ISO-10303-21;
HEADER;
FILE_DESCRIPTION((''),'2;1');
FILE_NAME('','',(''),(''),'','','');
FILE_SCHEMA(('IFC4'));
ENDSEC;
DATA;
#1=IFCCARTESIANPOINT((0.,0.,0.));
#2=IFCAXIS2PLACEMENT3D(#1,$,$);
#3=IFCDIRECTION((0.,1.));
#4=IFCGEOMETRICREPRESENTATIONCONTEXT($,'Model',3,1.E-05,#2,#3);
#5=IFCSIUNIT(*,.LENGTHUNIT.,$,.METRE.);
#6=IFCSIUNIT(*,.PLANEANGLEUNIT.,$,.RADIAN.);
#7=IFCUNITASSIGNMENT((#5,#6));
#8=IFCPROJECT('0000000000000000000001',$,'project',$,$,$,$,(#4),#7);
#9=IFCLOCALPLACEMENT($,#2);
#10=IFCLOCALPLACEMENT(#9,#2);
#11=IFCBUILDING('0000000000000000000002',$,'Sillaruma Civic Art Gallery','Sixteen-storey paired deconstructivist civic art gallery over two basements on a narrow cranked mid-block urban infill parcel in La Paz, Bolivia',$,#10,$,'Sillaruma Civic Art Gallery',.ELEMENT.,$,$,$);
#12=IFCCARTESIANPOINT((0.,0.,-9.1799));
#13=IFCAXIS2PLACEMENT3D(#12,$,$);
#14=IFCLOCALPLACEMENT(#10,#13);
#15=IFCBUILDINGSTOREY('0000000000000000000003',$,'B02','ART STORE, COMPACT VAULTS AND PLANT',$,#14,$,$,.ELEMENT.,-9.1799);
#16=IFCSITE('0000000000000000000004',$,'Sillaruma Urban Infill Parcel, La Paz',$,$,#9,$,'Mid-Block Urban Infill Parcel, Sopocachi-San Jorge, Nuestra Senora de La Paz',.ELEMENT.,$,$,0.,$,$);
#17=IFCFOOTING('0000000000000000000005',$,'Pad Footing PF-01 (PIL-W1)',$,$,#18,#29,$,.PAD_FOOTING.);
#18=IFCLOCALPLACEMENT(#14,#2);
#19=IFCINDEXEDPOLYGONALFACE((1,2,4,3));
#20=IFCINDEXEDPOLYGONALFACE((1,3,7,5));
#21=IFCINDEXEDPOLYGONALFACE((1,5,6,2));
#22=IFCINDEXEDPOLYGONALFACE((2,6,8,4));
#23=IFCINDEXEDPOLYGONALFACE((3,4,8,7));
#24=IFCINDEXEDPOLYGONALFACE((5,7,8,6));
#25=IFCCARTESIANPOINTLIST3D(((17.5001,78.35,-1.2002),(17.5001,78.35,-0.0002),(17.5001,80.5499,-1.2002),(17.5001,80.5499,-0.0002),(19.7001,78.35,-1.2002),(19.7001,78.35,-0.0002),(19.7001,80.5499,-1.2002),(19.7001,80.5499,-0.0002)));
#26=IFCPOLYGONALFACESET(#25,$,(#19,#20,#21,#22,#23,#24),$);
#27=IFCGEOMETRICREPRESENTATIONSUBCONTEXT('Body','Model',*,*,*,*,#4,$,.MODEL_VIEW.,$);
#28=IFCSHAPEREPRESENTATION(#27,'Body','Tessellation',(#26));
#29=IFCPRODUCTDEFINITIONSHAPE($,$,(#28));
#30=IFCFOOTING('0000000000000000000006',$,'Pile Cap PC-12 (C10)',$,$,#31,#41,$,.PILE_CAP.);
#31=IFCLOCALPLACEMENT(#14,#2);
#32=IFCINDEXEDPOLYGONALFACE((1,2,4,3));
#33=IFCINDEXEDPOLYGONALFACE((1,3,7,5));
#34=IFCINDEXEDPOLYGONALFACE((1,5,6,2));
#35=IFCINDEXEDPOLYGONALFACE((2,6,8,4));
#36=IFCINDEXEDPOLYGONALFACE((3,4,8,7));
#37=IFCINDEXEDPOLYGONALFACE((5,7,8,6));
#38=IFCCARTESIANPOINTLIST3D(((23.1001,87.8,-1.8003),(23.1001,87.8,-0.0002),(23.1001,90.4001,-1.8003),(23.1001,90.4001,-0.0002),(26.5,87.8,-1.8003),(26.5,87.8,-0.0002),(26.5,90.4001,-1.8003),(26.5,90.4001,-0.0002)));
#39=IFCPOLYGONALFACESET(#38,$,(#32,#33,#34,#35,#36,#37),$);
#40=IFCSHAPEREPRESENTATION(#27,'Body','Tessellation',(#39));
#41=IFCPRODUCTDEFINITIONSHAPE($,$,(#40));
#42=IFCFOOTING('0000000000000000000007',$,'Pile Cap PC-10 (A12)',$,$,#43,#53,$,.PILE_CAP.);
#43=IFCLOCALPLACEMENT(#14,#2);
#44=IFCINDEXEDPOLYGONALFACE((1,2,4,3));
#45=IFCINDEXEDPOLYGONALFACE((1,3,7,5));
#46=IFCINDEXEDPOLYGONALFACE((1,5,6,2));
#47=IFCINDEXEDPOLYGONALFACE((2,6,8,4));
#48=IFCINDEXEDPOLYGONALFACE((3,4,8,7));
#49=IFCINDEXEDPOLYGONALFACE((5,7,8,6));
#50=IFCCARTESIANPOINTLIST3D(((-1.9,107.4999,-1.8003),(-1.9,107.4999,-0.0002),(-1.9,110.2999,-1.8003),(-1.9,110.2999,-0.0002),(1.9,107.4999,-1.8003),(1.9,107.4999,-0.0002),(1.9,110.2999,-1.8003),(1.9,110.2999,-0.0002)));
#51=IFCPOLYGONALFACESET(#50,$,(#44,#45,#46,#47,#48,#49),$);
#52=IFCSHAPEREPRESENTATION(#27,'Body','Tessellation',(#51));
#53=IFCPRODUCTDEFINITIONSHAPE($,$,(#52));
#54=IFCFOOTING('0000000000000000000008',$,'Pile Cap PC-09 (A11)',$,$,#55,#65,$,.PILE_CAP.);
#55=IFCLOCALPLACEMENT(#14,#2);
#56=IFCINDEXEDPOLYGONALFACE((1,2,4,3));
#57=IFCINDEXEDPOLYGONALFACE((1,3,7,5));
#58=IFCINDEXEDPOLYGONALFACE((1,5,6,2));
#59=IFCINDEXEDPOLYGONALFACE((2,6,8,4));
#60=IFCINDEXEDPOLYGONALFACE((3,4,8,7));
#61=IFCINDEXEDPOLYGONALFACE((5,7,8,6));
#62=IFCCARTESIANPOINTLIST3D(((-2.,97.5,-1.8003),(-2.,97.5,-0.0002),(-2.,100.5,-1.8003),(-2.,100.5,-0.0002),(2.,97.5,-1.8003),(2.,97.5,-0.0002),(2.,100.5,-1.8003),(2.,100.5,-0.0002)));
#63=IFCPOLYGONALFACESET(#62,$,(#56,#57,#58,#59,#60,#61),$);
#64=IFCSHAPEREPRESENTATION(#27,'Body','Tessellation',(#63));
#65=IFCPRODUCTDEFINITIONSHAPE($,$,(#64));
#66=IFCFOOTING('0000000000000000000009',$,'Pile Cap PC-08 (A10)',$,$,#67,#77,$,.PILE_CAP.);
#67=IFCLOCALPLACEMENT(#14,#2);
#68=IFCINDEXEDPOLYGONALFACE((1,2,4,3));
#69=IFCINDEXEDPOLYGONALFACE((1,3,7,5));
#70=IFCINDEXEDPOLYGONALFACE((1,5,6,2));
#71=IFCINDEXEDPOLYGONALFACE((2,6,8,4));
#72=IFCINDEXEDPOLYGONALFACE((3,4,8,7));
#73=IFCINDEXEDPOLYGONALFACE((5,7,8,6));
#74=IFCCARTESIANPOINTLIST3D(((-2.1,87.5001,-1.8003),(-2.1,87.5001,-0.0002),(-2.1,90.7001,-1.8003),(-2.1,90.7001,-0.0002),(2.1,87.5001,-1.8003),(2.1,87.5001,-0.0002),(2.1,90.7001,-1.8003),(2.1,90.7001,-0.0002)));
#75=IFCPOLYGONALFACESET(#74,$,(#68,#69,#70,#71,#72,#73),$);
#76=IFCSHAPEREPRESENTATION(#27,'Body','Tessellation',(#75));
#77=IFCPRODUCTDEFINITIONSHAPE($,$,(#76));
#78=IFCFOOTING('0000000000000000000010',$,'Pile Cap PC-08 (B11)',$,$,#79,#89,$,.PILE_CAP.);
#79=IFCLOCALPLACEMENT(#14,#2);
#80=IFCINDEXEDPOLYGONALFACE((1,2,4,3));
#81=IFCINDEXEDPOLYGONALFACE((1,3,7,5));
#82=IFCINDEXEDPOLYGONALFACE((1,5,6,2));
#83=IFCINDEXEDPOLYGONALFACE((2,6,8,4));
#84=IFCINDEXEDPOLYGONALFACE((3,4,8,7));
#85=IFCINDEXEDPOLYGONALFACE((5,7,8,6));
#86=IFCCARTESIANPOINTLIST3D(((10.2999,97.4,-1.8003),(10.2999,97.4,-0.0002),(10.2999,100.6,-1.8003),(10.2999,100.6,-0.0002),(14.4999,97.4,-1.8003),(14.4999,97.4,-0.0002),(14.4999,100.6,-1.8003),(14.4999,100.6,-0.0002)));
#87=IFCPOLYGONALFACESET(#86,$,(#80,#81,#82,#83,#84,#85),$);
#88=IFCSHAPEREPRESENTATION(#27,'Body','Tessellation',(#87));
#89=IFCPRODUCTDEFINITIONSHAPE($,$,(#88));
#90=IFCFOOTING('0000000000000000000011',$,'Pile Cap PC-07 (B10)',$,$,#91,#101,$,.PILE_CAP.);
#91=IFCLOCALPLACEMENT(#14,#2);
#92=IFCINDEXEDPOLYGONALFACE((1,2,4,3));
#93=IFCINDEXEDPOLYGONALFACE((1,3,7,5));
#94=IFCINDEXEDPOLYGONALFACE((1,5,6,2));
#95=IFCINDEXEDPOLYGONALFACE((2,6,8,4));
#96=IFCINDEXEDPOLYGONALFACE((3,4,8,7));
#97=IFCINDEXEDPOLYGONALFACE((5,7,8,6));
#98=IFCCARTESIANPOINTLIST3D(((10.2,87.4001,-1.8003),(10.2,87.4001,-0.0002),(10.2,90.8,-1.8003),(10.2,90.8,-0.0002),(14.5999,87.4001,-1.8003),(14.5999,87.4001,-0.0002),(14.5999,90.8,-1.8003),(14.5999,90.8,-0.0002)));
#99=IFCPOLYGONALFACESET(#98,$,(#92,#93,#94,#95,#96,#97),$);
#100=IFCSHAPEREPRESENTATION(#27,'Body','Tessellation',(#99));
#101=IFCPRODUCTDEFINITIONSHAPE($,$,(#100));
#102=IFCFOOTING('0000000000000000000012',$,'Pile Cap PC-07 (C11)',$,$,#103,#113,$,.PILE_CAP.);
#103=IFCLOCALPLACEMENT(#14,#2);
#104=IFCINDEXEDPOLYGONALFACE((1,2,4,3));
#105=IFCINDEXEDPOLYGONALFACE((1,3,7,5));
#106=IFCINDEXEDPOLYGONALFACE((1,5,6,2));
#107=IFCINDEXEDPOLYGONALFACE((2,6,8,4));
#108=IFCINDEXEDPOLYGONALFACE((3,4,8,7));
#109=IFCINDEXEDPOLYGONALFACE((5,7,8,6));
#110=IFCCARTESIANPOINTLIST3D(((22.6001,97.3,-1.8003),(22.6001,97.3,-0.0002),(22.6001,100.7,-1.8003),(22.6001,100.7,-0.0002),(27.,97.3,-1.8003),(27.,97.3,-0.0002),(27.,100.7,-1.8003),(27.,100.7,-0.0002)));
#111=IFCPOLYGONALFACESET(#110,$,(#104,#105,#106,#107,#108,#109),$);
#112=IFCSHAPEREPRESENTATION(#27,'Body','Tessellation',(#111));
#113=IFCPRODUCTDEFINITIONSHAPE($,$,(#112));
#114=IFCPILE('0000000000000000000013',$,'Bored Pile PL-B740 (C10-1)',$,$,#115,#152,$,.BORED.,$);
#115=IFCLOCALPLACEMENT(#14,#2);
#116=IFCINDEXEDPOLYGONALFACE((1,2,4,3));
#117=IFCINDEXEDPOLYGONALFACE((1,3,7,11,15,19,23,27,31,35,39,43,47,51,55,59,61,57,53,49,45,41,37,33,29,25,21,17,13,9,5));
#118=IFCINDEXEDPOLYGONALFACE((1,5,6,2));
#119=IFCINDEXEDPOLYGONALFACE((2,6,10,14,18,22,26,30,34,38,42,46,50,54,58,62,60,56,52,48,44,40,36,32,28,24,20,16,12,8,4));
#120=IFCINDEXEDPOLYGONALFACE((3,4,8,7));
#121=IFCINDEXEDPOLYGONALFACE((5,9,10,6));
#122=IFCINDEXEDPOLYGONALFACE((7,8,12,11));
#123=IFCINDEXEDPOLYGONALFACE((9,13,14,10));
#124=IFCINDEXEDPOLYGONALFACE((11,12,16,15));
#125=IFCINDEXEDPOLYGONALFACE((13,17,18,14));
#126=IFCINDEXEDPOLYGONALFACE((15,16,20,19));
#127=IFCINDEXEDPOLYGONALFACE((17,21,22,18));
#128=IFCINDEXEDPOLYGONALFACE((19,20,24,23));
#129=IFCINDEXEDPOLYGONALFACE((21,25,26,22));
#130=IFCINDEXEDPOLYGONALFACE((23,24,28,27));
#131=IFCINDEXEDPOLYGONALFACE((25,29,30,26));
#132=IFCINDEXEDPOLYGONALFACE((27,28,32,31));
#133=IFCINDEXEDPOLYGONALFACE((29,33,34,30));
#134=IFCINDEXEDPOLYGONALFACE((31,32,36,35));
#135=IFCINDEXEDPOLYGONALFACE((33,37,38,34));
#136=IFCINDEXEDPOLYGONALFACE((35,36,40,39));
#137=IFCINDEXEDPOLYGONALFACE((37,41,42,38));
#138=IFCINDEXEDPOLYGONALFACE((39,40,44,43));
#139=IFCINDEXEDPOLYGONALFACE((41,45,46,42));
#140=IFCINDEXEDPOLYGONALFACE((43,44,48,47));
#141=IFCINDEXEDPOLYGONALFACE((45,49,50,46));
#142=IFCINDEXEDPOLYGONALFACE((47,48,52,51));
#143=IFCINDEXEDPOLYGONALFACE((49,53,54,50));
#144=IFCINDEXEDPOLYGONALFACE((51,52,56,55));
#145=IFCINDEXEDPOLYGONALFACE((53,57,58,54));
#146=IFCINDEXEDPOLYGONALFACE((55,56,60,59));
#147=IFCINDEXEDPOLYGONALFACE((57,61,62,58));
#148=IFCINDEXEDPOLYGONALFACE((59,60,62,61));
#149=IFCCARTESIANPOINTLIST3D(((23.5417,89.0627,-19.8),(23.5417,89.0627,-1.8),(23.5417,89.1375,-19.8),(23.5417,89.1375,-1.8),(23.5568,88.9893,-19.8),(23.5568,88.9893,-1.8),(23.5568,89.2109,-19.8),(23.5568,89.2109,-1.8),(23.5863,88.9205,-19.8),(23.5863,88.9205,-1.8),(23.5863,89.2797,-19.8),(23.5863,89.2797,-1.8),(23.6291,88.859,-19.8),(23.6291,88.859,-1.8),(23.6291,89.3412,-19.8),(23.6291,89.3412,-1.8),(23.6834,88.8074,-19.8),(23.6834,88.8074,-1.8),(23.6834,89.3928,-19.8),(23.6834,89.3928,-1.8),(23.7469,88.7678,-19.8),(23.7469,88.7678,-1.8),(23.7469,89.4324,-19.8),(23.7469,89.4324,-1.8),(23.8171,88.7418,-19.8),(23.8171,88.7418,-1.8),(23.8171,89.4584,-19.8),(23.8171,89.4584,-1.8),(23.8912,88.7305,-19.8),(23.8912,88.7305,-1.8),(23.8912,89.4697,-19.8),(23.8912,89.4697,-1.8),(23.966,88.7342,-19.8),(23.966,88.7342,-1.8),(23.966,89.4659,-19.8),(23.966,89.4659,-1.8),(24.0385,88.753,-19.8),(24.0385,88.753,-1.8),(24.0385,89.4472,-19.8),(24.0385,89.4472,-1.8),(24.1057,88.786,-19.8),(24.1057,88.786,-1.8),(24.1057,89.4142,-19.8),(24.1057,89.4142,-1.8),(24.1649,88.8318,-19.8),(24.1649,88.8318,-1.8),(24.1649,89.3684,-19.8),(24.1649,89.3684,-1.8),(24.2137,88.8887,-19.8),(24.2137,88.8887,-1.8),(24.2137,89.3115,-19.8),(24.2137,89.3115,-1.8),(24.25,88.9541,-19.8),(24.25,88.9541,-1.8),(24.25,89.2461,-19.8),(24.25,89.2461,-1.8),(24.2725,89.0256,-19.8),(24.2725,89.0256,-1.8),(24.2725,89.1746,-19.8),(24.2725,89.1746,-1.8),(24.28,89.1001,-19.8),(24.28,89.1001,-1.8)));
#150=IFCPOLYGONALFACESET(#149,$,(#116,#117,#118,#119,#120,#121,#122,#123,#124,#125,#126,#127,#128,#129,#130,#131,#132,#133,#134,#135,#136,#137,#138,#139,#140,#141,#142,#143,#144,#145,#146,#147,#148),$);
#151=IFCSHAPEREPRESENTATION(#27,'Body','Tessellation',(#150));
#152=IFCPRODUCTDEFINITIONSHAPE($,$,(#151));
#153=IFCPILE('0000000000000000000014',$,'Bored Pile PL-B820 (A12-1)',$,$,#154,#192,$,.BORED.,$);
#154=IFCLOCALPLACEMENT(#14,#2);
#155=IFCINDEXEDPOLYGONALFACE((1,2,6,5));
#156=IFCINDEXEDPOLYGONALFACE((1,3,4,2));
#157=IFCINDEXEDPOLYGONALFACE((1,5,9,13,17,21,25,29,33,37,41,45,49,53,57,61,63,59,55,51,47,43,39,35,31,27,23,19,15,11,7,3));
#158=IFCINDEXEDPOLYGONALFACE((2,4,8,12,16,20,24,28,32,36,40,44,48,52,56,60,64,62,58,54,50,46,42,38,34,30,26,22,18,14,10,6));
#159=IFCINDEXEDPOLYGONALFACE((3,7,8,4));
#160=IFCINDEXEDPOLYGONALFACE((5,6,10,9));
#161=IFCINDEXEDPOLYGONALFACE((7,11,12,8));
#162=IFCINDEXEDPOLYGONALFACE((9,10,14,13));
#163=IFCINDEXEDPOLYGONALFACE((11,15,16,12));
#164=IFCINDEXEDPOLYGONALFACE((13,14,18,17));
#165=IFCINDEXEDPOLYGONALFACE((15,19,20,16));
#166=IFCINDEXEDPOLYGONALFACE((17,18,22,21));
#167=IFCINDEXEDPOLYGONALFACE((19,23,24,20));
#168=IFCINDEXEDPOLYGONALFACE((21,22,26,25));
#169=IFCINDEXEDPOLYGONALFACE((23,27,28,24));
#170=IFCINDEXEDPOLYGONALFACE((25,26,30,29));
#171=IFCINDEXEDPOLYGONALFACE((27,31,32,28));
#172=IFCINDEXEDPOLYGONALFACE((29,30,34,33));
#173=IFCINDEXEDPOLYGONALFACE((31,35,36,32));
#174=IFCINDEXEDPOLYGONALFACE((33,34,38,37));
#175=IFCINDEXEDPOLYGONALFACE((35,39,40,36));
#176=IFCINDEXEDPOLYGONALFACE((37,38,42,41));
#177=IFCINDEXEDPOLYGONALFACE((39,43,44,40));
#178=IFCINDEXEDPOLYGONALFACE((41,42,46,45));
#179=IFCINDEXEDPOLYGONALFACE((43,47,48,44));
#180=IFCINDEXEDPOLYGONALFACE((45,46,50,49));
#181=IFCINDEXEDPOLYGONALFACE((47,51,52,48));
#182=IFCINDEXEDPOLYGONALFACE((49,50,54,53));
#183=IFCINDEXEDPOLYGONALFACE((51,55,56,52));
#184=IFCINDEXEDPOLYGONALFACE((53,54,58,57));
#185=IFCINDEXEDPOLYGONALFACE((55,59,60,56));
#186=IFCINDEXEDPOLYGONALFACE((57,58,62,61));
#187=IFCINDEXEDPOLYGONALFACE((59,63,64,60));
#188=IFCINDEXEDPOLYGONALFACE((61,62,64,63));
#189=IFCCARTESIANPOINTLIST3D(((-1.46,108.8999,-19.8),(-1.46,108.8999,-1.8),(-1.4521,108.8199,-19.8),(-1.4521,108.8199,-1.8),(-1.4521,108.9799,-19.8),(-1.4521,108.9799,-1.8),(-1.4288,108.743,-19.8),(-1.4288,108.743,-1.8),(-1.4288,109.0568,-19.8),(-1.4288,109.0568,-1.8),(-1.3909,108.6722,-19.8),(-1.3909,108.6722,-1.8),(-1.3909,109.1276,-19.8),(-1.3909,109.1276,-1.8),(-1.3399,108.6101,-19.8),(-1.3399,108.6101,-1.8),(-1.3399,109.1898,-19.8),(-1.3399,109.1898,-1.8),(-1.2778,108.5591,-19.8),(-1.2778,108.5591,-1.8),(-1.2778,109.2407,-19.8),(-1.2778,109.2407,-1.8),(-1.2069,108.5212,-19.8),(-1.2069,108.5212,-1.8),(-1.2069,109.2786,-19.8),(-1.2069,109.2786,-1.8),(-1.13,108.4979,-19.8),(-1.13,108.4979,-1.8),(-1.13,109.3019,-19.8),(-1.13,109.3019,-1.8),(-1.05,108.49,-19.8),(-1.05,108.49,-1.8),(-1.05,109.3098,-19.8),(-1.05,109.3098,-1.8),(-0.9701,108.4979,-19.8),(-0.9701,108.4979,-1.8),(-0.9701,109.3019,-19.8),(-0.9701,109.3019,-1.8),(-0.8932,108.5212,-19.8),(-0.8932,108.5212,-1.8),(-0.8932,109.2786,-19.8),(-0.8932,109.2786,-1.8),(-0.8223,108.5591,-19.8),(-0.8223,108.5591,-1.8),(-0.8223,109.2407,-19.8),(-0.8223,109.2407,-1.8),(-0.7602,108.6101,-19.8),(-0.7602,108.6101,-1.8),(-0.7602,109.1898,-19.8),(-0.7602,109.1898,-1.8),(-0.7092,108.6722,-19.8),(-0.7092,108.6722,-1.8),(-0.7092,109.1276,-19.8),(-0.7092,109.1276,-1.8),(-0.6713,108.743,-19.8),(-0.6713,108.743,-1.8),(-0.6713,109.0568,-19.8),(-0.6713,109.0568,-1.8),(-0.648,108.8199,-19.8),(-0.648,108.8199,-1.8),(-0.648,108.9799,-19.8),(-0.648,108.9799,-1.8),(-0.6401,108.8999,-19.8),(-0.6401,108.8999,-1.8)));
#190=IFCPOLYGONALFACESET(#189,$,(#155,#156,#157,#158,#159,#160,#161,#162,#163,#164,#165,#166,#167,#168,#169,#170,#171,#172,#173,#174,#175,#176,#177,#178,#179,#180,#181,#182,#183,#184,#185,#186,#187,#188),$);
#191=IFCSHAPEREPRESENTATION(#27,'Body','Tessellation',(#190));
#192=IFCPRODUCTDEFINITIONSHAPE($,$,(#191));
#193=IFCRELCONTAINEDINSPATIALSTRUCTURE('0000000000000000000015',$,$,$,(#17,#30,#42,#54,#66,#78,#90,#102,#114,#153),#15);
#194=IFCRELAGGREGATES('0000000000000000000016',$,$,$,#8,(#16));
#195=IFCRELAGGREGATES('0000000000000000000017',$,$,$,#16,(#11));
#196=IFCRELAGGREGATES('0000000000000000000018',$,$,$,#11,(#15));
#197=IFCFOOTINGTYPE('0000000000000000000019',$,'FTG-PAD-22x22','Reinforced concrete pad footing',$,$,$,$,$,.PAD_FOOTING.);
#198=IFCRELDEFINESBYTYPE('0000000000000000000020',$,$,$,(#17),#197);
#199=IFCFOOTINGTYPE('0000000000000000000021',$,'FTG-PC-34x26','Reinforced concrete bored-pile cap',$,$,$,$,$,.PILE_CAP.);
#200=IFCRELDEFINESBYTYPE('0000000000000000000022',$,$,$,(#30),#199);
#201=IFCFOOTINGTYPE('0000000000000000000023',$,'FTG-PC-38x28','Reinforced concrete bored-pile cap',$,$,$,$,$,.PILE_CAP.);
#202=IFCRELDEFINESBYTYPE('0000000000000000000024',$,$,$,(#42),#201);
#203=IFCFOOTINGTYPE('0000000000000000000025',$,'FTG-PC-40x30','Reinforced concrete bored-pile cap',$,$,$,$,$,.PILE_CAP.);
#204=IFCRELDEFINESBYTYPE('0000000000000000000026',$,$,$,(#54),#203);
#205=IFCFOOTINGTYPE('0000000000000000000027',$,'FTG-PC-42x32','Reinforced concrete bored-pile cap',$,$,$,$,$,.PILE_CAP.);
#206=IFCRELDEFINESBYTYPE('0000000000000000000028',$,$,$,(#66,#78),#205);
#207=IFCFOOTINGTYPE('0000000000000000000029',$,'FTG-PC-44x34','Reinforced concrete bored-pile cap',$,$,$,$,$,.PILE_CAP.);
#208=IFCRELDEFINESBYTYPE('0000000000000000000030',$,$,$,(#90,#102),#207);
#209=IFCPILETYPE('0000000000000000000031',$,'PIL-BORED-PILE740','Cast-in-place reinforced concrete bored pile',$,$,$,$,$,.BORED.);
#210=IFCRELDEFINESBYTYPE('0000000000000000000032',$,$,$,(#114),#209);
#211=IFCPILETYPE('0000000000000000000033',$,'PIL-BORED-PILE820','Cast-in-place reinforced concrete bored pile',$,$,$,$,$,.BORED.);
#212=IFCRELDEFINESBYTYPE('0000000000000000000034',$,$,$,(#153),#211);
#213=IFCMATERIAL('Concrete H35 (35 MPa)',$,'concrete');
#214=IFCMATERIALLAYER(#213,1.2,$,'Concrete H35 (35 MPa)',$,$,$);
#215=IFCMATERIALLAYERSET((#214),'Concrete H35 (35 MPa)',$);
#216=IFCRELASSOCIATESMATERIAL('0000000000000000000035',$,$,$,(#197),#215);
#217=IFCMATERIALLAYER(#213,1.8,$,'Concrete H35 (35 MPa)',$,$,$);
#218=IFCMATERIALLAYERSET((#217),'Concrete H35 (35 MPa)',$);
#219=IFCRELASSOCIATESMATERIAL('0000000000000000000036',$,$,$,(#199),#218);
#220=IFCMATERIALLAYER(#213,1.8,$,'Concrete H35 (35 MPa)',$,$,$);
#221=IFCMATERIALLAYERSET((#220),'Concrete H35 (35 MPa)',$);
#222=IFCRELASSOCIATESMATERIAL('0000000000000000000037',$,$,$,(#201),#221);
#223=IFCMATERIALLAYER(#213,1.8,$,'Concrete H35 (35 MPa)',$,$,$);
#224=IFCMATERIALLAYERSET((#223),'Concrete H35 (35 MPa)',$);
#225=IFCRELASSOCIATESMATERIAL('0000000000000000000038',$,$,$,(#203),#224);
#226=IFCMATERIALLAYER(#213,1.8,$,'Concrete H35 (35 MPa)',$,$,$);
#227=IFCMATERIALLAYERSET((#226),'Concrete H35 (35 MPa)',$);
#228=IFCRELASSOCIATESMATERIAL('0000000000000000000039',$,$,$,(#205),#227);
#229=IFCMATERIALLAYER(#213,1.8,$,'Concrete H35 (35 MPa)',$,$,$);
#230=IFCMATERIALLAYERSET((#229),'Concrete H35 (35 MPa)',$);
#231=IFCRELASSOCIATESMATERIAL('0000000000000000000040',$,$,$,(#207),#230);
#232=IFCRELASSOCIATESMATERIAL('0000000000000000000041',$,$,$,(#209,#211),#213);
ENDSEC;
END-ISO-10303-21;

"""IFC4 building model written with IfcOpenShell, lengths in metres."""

from ifc_helpers import new_model, si_unit, direction, frame, origin, origin_2d, place, context, subcontext, project, spatial, rectangle, circle, extrude, material, layer, layer_set, material_profile, profile_set, type_object, element, save


model = new_model("IFC4")

# Units and contexts
model_context = context("Model", 3, precision=1e-05, world=origin(), true_north=direction((0.0, 1.0)))
body_context = subcontext(model_context, "Body", "Model", "MODEL_VIEW")
ifc_project = project(units=[si_unit("LENGTHUNIT", "METRE"), si_unit("PLANEANGLEUNIT", "RADIAN")], contexts=[model_context])

# Site, building, storey
site_placement = place(None, origin())
site = spatial("IfcSite", under=ifc_project, at=site_placement, Name="Sillaruma Urban Infill Parcel, La Paz", LongName="Mid-Block Urban Infill Parcel, Sopocachi-San Jorge, Nuestra Senora de La Paz", CompositionType="ELEMENT", RefElevation=0.0)
building_placement = place(site_placement, origin())
building = spatial("IfcBuilding", under=site, at=building_placement, Name="Sillaruma Civic Art Gallery", Description="Sixteen-storey paired deconstructivist civic art gallery over two basements on a narrow cranked mid-block urban infill parcel in La Paz, Bolivia", LongName="Sillaruma Civic Art Gallery", CompositionType="ELEMENT")
storey_placement = place(building_placement, frame((0.0, 0.0, -9.1799)))
storey = spatial("IfcBuildingStorey", under=building, at=storey_placement, Name="B02", Description="ART STORE, COMPACT VAULTS AND PLANT", CompositionType="ELEMENT", Elevation=-9.1799)

# Footings
ifc_material_1 = material(Name="Concrete H35 (35 MPa)", Category="concrete")
ifc_layer_1 = layer(ifc_material_1, 1.2, Name="Concrete H35 (35 MPa)")
ifc_layer_set_1 = layer_set([ifc_layer_1], Name="Concrete H35 (35 MPa)")
footing_type_1 = type_object("IfcFootingType", Name="FTG-PAD-22x22", Description="Reinforced concrete pad footing", PredefinedType="PAD_FOOTING", material=ifc_layer_set_1)
footing_1_placement = place(storey_placement, frame((18.6001, 79.45, -1.2002), z_axis=(0.0, 0.0, 1.0), x_axis=(1.0, 0.0, 0.0)))
element("IfcFooting", 1, at=footing_1_placement, inside=storey, type_object=footing_type_1, Name="Pad Footing PF-01 (PIL-W1)", PredefinedType="PAD_FOOTING", context=body_context, shape_type="SweptSolid", body=[
    extrude(rectangle(XDim=2.2, YDim=2.2, at=origin_2d()), origin(), (0.0, 0.0, 1.0), 1.2),
])
ifc_layer_2 = layer(ifc_material_1, 1.8, Name="Concrete H35 (35 MPa)")
ifc_layer_set_2 = layer_set([ifc_layer_2], Name="Concrete H35 (35 MPa)")
footing_type_2 = type_object("IfcFootingType", Name="FTG-PC-34x26", Description="Reinforced concrete bored-pile cap", PredefinedType="PILE_CAP", material=ifc_layer_set_2)
footing_2_placement = place(storey_placement, frame((24.8, 89.1001, -1.8003), z_axis=(0.0, 0.0, 1.0), x_axis=(1.0, 0.0, 0.0)))
element("IfcFooting", 2, at=footing_2_placement, inside=storey, type_object=footing_type_2, Name="Pile Cap PC-12 (C10)", PredefinedType="PILE_CAP", context=body_context, shape_type="SweptSolid", body=[
    extrude(rectangle(XDim=3.3999, YDim=2.6001, at=origin_2d()), origin(), (0.0, 0.0, 1.0), 1.8),
])
ifc_layer_3 = layer(ifc_material_1, 1.8, Name="Concrete H35 (35 MPa)")
ifc_layer_set_3 = layer_set([ifc_layer_3], Name="Concrete H35 (35 MPa)")
footing_type_3 = type_object("IfcFootingType", Name="FTG-PC-38x28", Description="Reinforced concrete bored-pile cap", PredefinedType="PILE_CAP", material=ifc_layer_set_3)
footing_3_placement = place(storey_placement, frame((0.0, 108.8999, -1.8003), z_axis=(0.0, 0.0, 1.0), x_axis=(1.0, 0.0, 0.0)))
element("IfcFooting", 3, at=footing_3_placement, inside=storey, type_object=footing_type_3, Name="Pile Cap PC-10 (A12)", PredefinedType="PILE_CAP", context=body_context, shape_type="SweptSolid", body=[
    extrude(rectangle(XDim=3.8, YDim=2.8, at=origin_2d()), origin(), (0.0, 0.0, 1.0), 1.8),
])
ifc_layer_4 = layer(ifc_material_1, 1.8, Name="Concrete H35 (35 MPa)")
ifc_layer_set_4 = layer_set([ifc_layer_4], Name="Concrete H35 (35 MPa)")
footing_type_4 = type_object("IfcFootingType", Name="FTG-PC-40x30", Description="Reinforced concrete bored-pile cap", PredefinedType="PILE_CAP", material=ifc_layer_set_4)
footing_4_placement = place(storey_placement, frame((0.0, 99.0, -1.8003), z_axis=(0.0, 0.0, 1.0), x_axis=(1.0, 0.0, 0.0)))
element("IfcFooting", 4, at=footing_4_placement, inside=storey, type_object=footing_type_4, Name="Pile Cap PC-09 (A11)", PredefinedType="PILE_CAP", context=body_context, shape_type="SweptSolid", body=[
    extrude(rectangle(XDim=4.0, YDim=3.0, at=origin_2d()), origin(), (0.0, 0.0, 1.0), 1.8),
])
ifc_layer_5 = layer(ifc_material_1, 1.8, Name="Concrete H35 (35 MPa)")
ifc_layer_set_5 = layer_set([ifc_layer_5], Name="Concrete H35 (35 MPa)")
footing_type_5 = type_object("IfcFootingType", Name="FTG-PC-42x32", Description="Reinforced concrete bored-pile cap", PredefinedType="PILE_CAP", material=ifc_layer_set_5)
for number, where, z_axis, x_axis, name in (
    (5, (0.0, 89.1001, -1.8003), (0.0, 0.0, 1.0), (1.0, 0.0, 0.0), "Pile Cap PC-08 (A10)"),
    (6, (12.3999, 99.0, -1.8003), (0.0, 0.0, 1.0), (1.0, 0.0, 0.0), "Pile Cap PC-08 (B11)"),
):
    element("IfcFooting", number, at=place(storey_placement, frame(where, z_axis=z_axis, x_axis=x_axis)), inside=storey, type_object=footing_type_5, Name=name, PredefinedType="PILE_CAP", context=body_context, shape_type="SweptSolid", body=[
        extrude(rectangle(XDim=4.2, YDim=3.2, at=origin_2d()), origin(), (0.0, 0.0, 1.0), 1.8),
    ])
ifc_layer_6 = layer(ifc_material_1, 1.8, Name="Concrete H35 (35 MPa)")
ifc_layer_set_6 = layer_set([ifc_layer_6], Name="Concrete H35 (35 MPa)")
footing_type_6 = type_object("IfcFootingType", Name="FTG-PC-44x34", Description="Reinforced concrete bored-pile cap", PredefinedType="PILE_CAP", material=ifc_layer_set_6)
for number, where, z_axis, x_axis, name in (
    (7, (12.3999, 89.1001, -1.8003), (0.0, 0.0, 1.0), (1.0, 0.0, 0.0), "Pile Cap PC-07 (B10)"),
    (8, (24.8, 99.0, -1.8003), (0.0, 0.0, 1.0), (1.0, 0.0, 0.0), "Pile Cap PC-07 (C11)"),
):
    element("IfcFooting", number, at=place(storey_placement, frame(where, z_axis=z_axis, x_axis=x_axis)), inside=storey, type_object=footing_type_6, Name=name, PredefinedType="PILE_CAP", context=body_context, shape_type="SweptSolid", body=[
        extrude(rectangle(XDim=4.3999, YDim=3.3999, at=origin_2d()), origin(), (0.0, 0.0, 1.0), 1.8),
    ])

# Piles
ifc_material_profile_1 = material_profile(ifc_material_1, circle(Radius=0.3701, at=origin_2d()), Name="PILE740")
ifc_profile_set_1 = profile_set([ifc_material_profile_1], Name="Concrete H35 (35 MPa)")
pile_type_1 = type_object("IfcPileType", Name="PIL-BORED-PILE740", Description="Cast-in-place reinforced concrete bored pile", PredefinedType="BORED", material=ifc_profile_set_1)
pile_1_placement = place(storey_placement, frame((23.9099, 89.1001, -1.8), z_axis=(0.0, 0.0, -1.0), x_axis=(1.0, 0.0, 0.0)))
element("IfcPile", 9, at=pile_1_placement, inside=storey, type_object=pile_type_1, Name="Bored Pile PL-B740 (C10-1)", PredefinedType="BORED", context=body_context, shape_type="SweptSolid", body=[
    extrude(circle(Radius=0.3701, at=origin_2d()), origin(), (0.0, 0.0, 1.0), 18.0),
])
ifc_material_profile_2 = material_profile(ifc_material_1, circle(Radius=0.4099, at=origin_2d()), Name="PILE820")
ifc_profile_set_2 = profile_set([ifc_material_profile_2], Name="Concrete H35 (35 MPa)")
pile_type_2 = type_object("IfcPileType", Name="PIL-BORED-PILE820", Description="Cast-in-place reinforced concrete bored pile", PredefinedType="BORED", material=ifc_profile_set_2)
pile_2_placement = place(storey_placement, frame((-1.05, 108.8999, -1.8), z_axis=(0.0, 0.0, -1.0), x_axis=(1.0, 0.0, 0.0)))
element("IfcPile", 10, at=pile_2_placement, inside=storey, type_object=pile_type_2, Name="Bored Pile PL-B820 (A12-1)", PredefinedType="BORED", context=body_context, shape_type="SweptSolid", body=[
    extrude(circle(Radius=0.4099, at=origin_2d()), origin(), (0.0, 0.0, 1.0), 18.0),
])

save(model, "model.ifc")
